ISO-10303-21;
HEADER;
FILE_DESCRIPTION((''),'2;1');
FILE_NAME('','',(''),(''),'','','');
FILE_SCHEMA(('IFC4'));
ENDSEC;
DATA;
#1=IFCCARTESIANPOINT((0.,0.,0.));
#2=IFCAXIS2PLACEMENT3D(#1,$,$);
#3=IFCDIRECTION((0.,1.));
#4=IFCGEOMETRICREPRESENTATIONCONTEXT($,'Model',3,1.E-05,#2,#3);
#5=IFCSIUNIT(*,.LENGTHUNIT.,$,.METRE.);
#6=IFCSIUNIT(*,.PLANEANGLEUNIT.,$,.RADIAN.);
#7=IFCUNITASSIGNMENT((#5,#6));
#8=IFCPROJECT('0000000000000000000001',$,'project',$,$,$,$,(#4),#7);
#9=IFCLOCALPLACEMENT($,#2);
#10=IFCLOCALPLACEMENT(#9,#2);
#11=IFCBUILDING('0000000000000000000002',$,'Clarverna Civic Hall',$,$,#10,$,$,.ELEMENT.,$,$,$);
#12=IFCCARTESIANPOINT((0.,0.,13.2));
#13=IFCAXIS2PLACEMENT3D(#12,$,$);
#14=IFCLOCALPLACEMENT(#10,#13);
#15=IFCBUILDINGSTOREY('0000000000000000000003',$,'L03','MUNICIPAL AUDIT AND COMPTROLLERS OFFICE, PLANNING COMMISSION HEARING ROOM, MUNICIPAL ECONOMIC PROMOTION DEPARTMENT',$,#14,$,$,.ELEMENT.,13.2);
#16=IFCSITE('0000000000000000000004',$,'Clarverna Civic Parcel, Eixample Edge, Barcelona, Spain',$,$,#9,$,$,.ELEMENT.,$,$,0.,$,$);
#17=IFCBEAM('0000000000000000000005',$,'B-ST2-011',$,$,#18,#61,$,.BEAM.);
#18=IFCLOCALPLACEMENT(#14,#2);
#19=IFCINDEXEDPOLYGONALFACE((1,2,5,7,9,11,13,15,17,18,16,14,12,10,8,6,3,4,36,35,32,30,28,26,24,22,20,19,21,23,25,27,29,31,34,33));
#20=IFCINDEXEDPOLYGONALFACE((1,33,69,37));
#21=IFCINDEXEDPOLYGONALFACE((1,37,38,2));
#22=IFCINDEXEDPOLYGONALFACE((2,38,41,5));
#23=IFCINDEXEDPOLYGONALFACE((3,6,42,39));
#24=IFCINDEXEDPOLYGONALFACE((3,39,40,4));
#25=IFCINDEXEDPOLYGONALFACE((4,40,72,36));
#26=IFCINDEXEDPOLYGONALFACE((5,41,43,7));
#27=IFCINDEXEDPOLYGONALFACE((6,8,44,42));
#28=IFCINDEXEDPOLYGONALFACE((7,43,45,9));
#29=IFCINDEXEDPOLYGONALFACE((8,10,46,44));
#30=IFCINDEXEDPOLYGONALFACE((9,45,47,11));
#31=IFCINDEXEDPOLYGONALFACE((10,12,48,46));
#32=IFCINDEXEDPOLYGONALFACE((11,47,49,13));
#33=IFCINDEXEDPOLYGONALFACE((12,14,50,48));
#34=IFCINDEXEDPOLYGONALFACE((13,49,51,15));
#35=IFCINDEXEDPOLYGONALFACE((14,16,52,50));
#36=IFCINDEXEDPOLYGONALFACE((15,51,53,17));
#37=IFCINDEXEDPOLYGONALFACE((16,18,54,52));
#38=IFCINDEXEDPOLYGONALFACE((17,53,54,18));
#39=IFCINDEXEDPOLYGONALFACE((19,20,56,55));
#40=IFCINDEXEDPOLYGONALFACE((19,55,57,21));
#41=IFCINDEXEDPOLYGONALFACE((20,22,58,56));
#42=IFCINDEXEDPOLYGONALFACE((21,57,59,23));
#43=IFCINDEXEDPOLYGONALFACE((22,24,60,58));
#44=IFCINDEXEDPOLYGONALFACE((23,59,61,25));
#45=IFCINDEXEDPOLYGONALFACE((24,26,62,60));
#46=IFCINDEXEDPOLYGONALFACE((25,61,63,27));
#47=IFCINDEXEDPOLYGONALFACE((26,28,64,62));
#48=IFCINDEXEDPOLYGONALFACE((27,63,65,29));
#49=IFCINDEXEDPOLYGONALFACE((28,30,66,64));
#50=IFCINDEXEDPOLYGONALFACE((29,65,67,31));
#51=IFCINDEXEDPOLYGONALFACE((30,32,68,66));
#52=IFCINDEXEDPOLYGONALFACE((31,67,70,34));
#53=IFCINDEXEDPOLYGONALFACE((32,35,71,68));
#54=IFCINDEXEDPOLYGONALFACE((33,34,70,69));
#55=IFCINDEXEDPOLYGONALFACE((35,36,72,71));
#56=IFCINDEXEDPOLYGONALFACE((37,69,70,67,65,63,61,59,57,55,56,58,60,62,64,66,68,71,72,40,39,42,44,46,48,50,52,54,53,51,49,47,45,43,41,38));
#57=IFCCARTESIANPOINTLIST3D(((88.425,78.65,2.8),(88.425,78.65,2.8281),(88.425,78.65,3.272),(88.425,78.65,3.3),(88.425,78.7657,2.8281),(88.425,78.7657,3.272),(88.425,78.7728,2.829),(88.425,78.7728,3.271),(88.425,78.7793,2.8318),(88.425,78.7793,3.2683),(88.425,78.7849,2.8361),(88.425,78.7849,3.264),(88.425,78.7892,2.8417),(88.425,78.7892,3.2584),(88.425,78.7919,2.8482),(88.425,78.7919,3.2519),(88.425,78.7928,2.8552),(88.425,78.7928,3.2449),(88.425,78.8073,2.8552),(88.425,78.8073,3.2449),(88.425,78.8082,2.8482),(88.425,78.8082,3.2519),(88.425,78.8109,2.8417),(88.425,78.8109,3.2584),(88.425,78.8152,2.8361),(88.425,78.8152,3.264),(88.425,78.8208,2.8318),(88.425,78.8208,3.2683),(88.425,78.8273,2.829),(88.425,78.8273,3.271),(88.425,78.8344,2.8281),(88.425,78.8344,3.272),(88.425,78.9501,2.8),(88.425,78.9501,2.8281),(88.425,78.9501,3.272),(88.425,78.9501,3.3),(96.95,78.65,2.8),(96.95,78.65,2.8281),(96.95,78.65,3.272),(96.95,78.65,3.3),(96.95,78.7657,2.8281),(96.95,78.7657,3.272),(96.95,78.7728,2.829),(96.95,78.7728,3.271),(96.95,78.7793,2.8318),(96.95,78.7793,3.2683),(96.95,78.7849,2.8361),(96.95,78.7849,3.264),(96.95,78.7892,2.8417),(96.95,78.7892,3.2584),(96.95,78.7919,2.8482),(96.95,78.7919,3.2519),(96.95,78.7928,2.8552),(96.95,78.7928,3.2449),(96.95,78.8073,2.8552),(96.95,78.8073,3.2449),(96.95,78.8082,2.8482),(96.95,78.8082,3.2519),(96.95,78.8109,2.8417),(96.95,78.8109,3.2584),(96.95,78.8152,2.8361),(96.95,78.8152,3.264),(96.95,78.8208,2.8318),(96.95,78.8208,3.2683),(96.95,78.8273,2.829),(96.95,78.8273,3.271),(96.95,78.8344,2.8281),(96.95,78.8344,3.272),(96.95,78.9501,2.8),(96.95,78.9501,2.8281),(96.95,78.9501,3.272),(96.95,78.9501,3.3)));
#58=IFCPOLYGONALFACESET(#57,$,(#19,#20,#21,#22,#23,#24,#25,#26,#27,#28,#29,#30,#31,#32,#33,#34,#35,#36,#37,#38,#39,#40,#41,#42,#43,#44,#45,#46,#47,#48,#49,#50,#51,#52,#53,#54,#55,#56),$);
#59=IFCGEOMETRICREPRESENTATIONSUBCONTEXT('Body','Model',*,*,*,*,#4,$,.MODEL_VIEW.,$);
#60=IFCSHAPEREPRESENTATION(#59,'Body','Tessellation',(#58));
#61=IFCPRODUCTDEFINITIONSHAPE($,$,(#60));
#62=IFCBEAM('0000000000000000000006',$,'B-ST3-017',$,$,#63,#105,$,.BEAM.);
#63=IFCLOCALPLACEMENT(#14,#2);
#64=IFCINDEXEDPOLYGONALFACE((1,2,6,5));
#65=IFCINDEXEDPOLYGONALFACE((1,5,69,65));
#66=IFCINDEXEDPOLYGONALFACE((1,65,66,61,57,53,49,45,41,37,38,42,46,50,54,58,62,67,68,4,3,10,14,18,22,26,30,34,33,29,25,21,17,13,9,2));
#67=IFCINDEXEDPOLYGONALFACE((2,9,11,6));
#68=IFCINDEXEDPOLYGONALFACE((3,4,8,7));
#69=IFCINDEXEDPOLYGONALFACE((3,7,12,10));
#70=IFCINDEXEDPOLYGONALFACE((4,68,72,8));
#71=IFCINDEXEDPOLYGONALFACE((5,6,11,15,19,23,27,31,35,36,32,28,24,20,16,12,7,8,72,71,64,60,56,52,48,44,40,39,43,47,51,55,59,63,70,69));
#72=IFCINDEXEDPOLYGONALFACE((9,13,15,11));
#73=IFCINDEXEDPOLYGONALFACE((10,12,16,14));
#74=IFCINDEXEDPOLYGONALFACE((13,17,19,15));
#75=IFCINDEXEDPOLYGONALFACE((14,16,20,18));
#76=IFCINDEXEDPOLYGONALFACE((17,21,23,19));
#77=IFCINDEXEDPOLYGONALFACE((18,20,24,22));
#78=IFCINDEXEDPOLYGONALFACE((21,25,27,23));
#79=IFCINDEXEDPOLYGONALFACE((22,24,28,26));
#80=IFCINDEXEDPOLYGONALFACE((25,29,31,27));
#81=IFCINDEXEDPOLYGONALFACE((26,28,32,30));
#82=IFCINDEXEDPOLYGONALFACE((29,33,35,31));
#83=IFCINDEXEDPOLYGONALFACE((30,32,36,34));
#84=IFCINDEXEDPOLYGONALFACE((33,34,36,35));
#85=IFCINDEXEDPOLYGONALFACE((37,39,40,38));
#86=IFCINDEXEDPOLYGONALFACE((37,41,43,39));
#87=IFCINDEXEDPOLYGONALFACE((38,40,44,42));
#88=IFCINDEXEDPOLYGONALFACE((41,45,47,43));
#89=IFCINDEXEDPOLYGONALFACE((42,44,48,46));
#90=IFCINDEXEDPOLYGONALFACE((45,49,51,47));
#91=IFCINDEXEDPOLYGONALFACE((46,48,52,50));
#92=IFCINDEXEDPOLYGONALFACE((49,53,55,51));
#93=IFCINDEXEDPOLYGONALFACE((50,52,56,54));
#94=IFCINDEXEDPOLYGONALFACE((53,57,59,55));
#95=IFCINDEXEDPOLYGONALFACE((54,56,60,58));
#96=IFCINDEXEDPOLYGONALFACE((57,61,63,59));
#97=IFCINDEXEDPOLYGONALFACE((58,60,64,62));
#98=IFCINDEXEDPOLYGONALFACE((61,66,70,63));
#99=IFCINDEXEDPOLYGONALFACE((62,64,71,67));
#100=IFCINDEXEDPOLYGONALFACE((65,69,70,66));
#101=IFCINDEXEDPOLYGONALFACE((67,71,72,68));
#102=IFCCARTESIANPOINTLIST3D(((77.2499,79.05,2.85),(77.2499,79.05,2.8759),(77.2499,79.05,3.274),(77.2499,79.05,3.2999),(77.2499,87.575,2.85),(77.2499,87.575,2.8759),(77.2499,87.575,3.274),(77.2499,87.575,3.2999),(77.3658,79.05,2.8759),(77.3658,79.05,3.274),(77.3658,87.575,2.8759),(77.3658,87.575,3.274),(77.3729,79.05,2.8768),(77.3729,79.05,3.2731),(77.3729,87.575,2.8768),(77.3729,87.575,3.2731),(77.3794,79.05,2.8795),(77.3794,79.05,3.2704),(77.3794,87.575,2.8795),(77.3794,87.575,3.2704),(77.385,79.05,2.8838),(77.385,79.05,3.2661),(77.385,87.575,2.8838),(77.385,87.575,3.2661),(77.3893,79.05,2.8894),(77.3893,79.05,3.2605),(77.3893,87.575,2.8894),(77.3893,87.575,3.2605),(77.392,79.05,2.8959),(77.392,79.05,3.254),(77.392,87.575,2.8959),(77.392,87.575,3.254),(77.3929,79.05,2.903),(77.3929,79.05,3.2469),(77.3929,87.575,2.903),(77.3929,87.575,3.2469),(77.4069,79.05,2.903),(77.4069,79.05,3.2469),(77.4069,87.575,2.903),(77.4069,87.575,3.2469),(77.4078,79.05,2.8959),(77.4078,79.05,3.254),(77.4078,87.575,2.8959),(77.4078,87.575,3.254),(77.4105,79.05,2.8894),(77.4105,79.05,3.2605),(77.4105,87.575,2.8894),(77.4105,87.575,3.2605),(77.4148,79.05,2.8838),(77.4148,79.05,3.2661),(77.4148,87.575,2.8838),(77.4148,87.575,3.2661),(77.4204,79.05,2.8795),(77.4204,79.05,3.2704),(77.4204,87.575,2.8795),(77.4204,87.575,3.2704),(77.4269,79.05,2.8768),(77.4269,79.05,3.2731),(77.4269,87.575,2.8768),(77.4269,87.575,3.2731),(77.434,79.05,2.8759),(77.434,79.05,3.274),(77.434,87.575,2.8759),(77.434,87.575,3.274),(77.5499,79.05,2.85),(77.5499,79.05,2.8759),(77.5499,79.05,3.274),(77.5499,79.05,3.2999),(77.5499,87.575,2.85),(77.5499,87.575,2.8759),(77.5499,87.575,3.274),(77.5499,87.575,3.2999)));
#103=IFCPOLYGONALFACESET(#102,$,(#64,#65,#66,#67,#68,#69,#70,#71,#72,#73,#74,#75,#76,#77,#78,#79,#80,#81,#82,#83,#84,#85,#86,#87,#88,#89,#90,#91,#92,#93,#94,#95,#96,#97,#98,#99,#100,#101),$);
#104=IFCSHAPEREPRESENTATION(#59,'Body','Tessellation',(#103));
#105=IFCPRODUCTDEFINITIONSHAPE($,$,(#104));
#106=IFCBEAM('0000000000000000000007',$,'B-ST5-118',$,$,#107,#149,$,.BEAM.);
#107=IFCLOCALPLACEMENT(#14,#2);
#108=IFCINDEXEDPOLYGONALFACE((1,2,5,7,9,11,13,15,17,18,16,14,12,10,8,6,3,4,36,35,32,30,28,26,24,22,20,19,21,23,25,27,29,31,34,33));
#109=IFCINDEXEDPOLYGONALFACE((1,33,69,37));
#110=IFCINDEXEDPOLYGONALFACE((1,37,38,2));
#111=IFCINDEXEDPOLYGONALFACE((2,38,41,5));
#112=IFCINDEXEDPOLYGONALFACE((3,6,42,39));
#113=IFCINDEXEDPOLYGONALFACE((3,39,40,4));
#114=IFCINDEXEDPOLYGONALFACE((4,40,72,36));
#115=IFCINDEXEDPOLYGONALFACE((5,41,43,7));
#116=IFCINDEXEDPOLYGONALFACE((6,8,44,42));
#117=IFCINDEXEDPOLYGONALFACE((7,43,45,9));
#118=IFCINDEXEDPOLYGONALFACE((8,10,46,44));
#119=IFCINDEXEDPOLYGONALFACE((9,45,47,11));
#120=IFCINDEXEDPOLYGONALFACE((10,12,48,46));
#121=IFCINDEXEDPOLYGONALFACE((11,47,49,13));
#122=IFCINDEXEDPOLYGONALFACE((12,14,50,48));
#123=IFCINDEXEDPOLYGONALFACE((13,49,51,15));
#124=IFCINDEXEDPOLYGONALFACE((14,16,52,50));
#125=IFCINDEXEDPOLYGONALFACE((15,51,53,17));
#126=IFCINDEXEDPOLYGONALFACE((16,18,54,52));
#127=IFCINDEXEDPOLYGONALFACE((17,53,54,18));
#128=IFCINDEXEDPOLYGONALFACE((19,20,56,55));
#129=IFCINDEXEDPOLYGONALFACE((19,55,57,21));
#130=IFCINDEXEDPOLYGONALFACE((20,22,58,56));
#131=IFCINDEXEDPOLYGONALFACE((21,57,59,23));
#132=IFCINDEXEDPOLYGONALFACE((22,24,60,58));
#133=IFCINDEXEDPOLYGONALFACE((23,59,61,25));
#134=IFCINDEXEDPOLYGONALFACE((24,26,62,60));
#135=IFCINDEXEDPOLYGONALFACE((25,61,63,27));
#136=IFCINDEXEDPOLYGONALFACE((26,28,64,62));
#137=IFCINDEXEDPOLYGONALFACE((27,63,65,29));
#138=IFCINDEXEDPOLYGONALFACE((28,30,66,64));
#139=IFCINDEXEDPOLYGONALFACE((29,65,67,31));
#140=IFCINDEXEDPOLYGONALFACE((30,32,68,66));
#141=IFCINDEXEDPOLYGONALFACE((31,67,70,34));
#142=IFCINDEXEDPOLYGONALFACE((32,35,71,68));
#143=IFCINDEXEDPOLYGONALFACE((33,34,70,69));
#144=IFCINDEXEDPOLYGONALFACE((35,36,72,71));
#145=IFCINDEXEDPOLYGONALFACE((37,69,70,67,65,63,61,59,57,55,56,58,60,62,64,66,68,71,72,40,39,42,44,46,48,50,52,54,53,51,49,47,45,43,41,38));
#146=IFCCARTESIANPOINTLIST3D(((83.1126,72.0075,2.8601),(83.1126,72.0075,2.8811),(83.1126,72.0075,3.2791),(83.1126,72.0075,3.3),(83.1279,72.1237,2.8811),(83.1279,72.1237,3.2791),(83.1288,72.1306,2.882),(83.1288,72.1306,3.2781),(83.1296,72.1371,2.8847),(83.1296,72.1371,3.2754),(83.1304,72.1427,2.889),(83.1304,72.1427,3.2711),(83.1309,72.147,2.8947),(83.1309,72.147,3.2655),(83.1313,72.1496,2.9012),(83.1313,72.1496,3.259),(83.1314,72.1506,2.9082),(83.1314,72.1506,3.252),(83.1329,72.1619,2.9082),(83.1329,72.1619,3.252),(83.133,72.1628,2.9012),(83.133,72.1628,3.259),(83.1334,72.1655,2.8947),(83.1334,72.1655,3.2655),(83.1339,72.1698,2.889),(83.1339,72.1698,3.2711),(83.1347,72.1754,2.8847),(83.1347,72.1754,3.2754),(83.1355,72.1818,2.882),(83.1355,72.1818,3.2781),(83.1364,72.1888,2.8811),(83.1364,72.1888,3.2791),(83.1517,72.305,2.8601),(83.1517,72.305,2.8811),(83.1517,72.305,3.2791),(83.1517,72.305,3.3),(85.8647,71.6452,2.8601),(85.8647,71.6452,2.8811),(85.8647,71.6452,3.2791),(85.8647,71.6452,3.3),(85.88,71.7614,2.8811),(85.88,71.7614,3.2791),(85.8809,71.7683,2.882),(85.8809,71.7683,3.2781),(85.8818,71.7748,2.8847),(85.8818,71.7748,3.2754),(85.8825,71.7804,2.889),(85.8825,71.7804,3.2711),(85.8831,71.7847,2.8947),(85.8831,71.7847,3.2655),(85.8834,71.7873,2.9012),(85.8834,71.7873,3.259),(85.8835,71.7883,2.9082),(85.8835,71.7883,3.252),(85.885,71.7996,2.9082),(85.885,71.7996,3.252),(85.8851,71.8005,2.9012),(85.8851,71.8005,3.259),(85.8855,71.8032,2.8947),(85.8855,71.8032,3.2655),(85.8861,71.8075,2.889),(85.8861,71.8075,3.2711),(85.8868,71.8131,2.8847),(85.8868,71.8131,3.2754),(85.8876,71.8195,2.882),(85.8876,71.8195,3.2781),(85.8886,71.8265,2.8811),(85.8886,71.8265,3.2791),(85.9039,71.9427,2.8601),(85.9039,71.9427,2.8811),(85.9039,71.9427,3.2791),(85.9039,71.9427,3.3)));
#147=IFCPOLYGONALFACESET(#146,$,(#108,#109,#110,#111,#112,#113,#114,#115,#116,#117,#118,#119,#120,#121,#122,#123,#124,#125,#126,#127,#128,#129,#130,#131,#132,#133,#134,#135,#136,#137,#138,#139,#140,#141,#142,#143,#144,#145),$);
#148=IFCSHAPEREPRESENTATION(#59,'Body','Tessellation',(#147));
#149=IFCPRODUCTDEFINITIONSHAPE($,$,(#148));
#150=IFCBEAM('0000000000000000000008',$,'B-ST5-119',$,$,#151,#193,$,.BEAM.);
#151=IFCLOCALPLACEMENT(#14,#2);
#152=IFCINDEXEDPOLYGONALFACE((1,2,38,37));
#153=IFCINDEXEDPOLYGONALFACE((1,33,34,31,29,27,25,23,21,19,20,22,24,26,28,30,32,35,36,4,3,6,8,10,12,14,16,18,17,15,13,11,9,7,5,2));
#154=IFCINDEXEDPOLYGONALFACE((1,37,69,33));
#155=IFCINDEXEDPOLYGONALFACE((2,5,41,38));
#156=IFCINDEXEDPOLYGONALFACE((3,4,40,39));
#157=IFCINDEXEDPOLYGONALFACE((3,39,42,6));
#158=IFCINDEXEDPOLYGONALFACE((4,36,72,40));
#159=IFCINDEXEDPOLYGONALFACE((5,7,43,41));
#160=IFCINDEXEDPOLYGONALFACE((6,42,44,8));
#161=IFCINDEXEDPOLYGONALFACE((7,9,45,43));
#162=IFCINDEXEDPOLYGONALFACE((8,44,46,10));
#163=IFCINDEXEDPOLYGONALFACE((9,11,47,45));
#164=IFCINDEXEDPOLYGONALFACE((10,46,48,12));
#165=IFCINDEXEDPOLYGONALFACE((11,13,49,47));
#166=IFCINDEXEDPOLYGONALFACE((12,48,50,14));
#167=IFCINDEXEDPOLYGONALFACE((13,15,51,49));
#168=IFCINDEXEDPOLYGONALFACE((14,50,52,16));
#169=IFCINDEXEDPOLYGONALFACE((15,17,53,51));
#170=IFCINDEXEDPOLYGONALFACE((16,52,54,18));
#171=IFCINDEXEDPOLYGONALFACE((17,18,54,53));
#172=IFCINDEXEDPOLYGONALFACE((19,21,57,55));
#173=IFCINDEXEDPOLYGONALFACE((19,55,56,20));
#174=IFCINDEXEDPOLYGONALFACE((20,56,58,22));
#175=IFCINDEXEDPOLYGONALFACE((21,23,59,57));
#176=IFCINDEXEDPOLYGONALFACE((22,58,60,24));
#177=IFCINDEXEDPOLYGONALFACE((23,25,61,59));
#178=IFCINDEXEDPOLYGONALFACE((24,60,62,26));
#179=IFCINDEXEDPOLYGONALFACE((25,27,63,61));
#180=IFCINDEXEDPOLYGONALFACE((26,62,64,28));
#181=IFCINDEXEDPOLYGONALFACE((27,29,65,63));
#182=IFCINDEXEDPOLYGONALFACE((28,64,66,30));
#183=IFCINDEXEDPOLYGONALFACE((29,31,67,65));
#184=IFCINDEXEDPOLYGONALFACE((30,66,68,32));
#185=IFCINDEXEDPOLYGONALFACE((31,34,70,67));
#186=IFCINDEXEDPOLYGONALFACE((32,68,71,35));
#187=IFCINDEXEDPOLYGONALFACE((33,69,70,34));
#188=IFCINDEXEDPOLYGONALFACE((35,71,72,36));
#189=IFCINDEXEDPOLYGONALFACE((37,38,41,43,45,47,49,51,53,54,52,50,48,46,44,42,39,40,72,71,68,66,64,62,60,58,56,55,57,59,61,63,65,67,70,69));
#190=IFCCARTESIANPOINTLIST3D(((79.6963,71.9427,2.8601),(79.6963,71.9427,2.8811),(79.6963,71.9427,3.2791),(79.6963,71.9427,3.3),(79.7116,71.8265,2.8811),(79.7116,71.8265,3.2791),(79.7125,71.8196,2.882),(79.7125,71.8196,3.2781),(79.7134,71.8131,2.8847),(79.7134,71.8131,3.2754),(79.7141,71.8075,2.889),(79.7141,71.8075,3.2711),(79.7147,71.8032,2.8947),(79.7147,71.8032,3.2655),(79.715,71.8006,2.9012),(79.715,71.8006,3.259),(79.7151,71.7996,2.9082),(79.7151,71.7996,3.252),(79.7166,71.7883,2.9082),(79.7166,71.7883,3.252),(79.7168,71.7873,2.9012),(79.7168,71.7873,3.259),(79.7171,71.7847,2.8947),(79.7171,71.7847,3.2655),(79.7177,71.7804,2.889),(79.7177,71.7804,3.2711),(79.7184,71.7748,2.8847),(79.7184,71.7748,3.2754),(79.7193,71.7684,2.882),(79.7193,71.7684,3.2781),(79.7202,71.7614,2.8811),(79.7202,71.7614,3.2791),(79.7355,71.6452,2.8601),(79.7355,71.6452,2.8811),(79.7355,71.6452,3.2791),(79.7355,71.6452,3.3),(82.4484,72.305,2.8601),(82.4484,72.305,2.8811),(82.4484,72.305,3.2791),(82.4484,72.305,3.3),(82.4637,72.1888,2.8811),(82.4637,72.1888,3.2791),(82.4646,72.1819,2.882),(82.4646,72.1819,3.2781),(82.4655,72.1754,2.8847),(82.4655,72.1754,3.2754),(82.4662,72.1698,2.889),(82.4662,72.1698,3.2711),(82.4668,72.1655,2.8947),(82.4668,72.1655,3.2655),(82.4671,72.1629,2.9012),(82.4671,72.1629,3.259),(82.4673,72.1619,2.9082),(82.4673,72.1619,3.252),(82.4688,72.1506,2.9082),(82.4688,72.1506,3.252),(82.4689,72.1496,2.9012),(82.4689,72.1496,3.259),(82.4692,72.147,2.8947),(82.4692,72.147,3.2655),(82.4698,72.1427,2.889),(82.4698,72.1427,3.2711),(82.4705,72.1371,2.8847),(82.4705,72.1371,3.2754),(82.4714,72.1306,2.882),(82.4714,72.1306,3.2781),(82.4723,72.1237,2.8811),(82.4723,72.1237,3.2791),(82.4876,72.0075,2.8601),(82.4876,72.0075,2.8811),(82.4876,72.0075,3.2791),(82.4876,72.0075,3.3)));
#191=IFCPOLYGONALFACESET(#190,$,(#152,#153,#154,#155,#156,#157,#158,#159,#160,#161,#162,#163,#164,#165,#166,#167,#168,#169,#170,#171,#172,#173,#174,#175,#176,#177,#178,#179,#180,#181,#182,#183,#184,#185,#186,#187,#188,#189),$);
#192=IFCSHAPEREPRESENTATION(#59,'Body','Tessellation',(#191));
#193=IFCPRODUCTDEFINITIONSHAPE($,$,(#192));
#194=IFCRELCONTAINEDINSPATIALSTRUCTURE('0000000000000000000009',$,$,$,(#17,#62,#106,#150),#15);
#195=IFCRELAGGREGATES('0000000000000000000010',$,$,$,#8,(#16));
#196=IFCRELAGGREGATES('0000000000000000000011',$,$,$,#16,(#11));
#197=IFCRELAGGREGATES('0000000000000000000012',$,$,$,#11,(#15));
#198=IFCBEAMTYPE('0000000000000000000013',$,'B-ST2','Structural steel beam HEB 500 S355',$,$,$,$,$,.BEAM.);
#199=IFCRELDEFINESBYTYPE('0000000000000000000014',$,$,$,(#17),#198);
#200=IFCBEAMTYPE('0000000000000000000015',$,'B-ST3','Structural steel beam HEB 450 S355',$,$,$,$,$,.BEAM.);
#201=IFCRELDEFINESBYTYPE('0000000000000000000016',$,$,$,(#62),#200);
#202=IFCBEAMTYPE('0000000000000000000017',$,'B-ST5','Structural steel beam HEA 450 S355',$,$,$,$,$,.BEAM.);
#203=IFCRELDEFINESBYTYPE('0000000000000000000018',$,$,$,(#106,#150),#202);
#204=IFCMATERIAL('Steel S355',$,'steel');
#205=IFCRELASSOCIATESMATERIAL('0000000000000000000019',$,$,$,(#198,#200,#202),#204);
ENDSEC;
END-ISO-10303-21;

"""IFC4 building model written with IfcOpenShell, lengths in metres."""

from ifc_helpers import new_model, si_unit, direction, frame, origin, origin_2d, place, context, subcontext, project, spatial, i_section, extrude, material, material_profile, profile_set, type_object, element, save


model = new_model("IFC4")

# Units and contexts
model_context = context("Model", 3, precision=1e-05, world=origin(), true_north=direction((0.0, 1.0)))
body_context = subcontext(model_context, "Body", "Model", "MODEL_VIEW")
ifc_project = project(units=[si_unit("LENGTHUNIT", "METRE"), si_unit("PLANEANGLEUNIT", "RADIAN")], contexts=[model_context])

# Site, building, storey
site_placement = place(None, origin())
site = spatial("IfcSite", under=ifc_project, at=site_placement, Name="Clarverna Civic Parcel, Eixample Edge, Barcelona, Spain", CompositionType="ELEMENT", RefElevation=0.0)
building_placement = place(site_placement, origin())
building = spatial("IfcBuilding", under=site, at=building_placement, Name="Clarverna Civic Hall", CompositionType="ELEMENT")
storey_placement = place(building_placement, frame((0.0, 0.0, 13.2)))
storey = spatial("IfcBuildingStorey", under=building, at=storey_placement, Name="L03", Description="MUNICIPAL AUDIT AND COMPTROLLERS OFFICE, PLANNING COMMISSION HEARING ROOM, MUNICIPAL ECONOMIC PROMOTION DEPARTMENT", CompositionType="ELEMENT", Elevation=13.2)

# Beams
ifc_material_1 = material(Name="Steel S355", Category="steel")
ifc_material_profile_1 = material_profile(ifc_material_1, i_section(OverallWidth=0.3, OverallDepth=0.5, WebThickness=0.0144, FlangeThickness=0.0281, FilletRadius=0.0271, at=origin_2d()), Name="HEB 500")
ifc_profile_set_1 = profile_set([ifc_material_profile_1], Name="Steel S355")
beam_type_1 = type_object("IfcBeamType", Name="B-ST2", Description="Structural steel beam HEB 500 S355", PredefinedType="BEAM", material=ifc_profile_set_1)
beam_1_placement = place(storey_placement, frame((88.425, 78.8, 3.05), z_axis=(1.0, 0.0, 0.0), x_axis=(0.0, 1.0, 0.0)))
element("IfcBeam", 1, at=beam_1_placement, inside=storey, type_object=beam_type_1, Name="B-ST2-011", PredefinedType="BEAM", context=body_context, shape_type="SweptSolid", body=[
    extrude(i_section(OverallWidth=0.3, OverallDepth=0.5, WebThickness=0.0144, FlangeThickness=0.0281, FilletRadius=0.0271, at=origin_2d()), origin(), (0.0, 0.0, 1.0), 8.5249),
])
ifc_material_profile_2 = material_profile(ifc_material_1, i_section(OverallWidth=0.3, OverallDepth=0.45, WebThickness=0.0139, FlangeThickness=0.0259, FilletRadius=0.0271, at=origin_2d()), Name="HEB 450")
ifc_profile_set_2 = profile_set([ifc_material_profile_2], Name="Steel S355")
beam_type_2 = type_object("IfcBeamType", Name="B-ST3", Description="Structural steel beam HEB 450 S355", PredefinedType="BEAM", material=ifc_profile_set_2)
beam_2_placement = place(storey_placement, frame((77.3999, 79.05, 3.075), z_axis=(0.0, 1.0, 0.0), x_axis=(-1.0, 0.0, 0.0)))
element("IfcBeam", 2, at=beam_2_placement, inside=storey, type_object=beam_type_2, Name="B-ST3-017", PredefinedType="BEAM", context=body_context, shape_type="SweptSolid", body=[
    extrude(i_section(OverallWidth=0.3, OverallDepth=0.45, WebThickness=0.0139, FlangeThickness=0.0259, FilletRadius=0.0271, at=origin_2d()), origin(), (0.0, 0.0, 1.0), 8.5249),
])
ifc_material_profile_3 = material_profile(ifc_material_1, i_section(OverallWidth=0.3, OverallDepth=0.4399, WebThickness=0.0115, FlangeThickness=0.021, FilletRadius=0.0271, at=origin_2d()), Name="HEA 450")
ifc_profile_set_3 = profile_set([ifc_material_profile_3], Name="Steel S355")
beam_type_3 = type_object("IfcBeamType", Name="B-ST5", Description="Structural steel beam HEA 450 S355", PredefinedType="BEAM", material=ifc_profile_set_3)
for number, where, z_axis, x_axis, name in (
    (3, (85.8843, 71.7939, 3.0801), (-0.991446, 0.130516, 0.0), (-0.130516, -0.991446, 0.0), "B-ST5-118"),
    (4, (82.468, 72.1562, 3.0801), (-0.991446, -0.130516, 0.0), (0.130516, -0.991446, 0.0), "B-ST5-119"),
):
    element("IfcBeam", number, at=place(storey_placement, frame(where, z_axis=z_axis, x_axis=x_axis)), inside=storey, type_object=beam_type_3, Name=name, PredefinedType="BEAM", context=body_context, shape_type="SweptSolid", body=[
        extrude(i_section(OverallWidth=0.3, OverallDepth=0.4399, WebThickness=0.0115, FlangeThickness=0.021, FilletRadius=0.0271, at=origin_2d()), origin(), (0.0, 0.0, 1.0), 2.7759),
    ])

save(model, "model.ifc")
